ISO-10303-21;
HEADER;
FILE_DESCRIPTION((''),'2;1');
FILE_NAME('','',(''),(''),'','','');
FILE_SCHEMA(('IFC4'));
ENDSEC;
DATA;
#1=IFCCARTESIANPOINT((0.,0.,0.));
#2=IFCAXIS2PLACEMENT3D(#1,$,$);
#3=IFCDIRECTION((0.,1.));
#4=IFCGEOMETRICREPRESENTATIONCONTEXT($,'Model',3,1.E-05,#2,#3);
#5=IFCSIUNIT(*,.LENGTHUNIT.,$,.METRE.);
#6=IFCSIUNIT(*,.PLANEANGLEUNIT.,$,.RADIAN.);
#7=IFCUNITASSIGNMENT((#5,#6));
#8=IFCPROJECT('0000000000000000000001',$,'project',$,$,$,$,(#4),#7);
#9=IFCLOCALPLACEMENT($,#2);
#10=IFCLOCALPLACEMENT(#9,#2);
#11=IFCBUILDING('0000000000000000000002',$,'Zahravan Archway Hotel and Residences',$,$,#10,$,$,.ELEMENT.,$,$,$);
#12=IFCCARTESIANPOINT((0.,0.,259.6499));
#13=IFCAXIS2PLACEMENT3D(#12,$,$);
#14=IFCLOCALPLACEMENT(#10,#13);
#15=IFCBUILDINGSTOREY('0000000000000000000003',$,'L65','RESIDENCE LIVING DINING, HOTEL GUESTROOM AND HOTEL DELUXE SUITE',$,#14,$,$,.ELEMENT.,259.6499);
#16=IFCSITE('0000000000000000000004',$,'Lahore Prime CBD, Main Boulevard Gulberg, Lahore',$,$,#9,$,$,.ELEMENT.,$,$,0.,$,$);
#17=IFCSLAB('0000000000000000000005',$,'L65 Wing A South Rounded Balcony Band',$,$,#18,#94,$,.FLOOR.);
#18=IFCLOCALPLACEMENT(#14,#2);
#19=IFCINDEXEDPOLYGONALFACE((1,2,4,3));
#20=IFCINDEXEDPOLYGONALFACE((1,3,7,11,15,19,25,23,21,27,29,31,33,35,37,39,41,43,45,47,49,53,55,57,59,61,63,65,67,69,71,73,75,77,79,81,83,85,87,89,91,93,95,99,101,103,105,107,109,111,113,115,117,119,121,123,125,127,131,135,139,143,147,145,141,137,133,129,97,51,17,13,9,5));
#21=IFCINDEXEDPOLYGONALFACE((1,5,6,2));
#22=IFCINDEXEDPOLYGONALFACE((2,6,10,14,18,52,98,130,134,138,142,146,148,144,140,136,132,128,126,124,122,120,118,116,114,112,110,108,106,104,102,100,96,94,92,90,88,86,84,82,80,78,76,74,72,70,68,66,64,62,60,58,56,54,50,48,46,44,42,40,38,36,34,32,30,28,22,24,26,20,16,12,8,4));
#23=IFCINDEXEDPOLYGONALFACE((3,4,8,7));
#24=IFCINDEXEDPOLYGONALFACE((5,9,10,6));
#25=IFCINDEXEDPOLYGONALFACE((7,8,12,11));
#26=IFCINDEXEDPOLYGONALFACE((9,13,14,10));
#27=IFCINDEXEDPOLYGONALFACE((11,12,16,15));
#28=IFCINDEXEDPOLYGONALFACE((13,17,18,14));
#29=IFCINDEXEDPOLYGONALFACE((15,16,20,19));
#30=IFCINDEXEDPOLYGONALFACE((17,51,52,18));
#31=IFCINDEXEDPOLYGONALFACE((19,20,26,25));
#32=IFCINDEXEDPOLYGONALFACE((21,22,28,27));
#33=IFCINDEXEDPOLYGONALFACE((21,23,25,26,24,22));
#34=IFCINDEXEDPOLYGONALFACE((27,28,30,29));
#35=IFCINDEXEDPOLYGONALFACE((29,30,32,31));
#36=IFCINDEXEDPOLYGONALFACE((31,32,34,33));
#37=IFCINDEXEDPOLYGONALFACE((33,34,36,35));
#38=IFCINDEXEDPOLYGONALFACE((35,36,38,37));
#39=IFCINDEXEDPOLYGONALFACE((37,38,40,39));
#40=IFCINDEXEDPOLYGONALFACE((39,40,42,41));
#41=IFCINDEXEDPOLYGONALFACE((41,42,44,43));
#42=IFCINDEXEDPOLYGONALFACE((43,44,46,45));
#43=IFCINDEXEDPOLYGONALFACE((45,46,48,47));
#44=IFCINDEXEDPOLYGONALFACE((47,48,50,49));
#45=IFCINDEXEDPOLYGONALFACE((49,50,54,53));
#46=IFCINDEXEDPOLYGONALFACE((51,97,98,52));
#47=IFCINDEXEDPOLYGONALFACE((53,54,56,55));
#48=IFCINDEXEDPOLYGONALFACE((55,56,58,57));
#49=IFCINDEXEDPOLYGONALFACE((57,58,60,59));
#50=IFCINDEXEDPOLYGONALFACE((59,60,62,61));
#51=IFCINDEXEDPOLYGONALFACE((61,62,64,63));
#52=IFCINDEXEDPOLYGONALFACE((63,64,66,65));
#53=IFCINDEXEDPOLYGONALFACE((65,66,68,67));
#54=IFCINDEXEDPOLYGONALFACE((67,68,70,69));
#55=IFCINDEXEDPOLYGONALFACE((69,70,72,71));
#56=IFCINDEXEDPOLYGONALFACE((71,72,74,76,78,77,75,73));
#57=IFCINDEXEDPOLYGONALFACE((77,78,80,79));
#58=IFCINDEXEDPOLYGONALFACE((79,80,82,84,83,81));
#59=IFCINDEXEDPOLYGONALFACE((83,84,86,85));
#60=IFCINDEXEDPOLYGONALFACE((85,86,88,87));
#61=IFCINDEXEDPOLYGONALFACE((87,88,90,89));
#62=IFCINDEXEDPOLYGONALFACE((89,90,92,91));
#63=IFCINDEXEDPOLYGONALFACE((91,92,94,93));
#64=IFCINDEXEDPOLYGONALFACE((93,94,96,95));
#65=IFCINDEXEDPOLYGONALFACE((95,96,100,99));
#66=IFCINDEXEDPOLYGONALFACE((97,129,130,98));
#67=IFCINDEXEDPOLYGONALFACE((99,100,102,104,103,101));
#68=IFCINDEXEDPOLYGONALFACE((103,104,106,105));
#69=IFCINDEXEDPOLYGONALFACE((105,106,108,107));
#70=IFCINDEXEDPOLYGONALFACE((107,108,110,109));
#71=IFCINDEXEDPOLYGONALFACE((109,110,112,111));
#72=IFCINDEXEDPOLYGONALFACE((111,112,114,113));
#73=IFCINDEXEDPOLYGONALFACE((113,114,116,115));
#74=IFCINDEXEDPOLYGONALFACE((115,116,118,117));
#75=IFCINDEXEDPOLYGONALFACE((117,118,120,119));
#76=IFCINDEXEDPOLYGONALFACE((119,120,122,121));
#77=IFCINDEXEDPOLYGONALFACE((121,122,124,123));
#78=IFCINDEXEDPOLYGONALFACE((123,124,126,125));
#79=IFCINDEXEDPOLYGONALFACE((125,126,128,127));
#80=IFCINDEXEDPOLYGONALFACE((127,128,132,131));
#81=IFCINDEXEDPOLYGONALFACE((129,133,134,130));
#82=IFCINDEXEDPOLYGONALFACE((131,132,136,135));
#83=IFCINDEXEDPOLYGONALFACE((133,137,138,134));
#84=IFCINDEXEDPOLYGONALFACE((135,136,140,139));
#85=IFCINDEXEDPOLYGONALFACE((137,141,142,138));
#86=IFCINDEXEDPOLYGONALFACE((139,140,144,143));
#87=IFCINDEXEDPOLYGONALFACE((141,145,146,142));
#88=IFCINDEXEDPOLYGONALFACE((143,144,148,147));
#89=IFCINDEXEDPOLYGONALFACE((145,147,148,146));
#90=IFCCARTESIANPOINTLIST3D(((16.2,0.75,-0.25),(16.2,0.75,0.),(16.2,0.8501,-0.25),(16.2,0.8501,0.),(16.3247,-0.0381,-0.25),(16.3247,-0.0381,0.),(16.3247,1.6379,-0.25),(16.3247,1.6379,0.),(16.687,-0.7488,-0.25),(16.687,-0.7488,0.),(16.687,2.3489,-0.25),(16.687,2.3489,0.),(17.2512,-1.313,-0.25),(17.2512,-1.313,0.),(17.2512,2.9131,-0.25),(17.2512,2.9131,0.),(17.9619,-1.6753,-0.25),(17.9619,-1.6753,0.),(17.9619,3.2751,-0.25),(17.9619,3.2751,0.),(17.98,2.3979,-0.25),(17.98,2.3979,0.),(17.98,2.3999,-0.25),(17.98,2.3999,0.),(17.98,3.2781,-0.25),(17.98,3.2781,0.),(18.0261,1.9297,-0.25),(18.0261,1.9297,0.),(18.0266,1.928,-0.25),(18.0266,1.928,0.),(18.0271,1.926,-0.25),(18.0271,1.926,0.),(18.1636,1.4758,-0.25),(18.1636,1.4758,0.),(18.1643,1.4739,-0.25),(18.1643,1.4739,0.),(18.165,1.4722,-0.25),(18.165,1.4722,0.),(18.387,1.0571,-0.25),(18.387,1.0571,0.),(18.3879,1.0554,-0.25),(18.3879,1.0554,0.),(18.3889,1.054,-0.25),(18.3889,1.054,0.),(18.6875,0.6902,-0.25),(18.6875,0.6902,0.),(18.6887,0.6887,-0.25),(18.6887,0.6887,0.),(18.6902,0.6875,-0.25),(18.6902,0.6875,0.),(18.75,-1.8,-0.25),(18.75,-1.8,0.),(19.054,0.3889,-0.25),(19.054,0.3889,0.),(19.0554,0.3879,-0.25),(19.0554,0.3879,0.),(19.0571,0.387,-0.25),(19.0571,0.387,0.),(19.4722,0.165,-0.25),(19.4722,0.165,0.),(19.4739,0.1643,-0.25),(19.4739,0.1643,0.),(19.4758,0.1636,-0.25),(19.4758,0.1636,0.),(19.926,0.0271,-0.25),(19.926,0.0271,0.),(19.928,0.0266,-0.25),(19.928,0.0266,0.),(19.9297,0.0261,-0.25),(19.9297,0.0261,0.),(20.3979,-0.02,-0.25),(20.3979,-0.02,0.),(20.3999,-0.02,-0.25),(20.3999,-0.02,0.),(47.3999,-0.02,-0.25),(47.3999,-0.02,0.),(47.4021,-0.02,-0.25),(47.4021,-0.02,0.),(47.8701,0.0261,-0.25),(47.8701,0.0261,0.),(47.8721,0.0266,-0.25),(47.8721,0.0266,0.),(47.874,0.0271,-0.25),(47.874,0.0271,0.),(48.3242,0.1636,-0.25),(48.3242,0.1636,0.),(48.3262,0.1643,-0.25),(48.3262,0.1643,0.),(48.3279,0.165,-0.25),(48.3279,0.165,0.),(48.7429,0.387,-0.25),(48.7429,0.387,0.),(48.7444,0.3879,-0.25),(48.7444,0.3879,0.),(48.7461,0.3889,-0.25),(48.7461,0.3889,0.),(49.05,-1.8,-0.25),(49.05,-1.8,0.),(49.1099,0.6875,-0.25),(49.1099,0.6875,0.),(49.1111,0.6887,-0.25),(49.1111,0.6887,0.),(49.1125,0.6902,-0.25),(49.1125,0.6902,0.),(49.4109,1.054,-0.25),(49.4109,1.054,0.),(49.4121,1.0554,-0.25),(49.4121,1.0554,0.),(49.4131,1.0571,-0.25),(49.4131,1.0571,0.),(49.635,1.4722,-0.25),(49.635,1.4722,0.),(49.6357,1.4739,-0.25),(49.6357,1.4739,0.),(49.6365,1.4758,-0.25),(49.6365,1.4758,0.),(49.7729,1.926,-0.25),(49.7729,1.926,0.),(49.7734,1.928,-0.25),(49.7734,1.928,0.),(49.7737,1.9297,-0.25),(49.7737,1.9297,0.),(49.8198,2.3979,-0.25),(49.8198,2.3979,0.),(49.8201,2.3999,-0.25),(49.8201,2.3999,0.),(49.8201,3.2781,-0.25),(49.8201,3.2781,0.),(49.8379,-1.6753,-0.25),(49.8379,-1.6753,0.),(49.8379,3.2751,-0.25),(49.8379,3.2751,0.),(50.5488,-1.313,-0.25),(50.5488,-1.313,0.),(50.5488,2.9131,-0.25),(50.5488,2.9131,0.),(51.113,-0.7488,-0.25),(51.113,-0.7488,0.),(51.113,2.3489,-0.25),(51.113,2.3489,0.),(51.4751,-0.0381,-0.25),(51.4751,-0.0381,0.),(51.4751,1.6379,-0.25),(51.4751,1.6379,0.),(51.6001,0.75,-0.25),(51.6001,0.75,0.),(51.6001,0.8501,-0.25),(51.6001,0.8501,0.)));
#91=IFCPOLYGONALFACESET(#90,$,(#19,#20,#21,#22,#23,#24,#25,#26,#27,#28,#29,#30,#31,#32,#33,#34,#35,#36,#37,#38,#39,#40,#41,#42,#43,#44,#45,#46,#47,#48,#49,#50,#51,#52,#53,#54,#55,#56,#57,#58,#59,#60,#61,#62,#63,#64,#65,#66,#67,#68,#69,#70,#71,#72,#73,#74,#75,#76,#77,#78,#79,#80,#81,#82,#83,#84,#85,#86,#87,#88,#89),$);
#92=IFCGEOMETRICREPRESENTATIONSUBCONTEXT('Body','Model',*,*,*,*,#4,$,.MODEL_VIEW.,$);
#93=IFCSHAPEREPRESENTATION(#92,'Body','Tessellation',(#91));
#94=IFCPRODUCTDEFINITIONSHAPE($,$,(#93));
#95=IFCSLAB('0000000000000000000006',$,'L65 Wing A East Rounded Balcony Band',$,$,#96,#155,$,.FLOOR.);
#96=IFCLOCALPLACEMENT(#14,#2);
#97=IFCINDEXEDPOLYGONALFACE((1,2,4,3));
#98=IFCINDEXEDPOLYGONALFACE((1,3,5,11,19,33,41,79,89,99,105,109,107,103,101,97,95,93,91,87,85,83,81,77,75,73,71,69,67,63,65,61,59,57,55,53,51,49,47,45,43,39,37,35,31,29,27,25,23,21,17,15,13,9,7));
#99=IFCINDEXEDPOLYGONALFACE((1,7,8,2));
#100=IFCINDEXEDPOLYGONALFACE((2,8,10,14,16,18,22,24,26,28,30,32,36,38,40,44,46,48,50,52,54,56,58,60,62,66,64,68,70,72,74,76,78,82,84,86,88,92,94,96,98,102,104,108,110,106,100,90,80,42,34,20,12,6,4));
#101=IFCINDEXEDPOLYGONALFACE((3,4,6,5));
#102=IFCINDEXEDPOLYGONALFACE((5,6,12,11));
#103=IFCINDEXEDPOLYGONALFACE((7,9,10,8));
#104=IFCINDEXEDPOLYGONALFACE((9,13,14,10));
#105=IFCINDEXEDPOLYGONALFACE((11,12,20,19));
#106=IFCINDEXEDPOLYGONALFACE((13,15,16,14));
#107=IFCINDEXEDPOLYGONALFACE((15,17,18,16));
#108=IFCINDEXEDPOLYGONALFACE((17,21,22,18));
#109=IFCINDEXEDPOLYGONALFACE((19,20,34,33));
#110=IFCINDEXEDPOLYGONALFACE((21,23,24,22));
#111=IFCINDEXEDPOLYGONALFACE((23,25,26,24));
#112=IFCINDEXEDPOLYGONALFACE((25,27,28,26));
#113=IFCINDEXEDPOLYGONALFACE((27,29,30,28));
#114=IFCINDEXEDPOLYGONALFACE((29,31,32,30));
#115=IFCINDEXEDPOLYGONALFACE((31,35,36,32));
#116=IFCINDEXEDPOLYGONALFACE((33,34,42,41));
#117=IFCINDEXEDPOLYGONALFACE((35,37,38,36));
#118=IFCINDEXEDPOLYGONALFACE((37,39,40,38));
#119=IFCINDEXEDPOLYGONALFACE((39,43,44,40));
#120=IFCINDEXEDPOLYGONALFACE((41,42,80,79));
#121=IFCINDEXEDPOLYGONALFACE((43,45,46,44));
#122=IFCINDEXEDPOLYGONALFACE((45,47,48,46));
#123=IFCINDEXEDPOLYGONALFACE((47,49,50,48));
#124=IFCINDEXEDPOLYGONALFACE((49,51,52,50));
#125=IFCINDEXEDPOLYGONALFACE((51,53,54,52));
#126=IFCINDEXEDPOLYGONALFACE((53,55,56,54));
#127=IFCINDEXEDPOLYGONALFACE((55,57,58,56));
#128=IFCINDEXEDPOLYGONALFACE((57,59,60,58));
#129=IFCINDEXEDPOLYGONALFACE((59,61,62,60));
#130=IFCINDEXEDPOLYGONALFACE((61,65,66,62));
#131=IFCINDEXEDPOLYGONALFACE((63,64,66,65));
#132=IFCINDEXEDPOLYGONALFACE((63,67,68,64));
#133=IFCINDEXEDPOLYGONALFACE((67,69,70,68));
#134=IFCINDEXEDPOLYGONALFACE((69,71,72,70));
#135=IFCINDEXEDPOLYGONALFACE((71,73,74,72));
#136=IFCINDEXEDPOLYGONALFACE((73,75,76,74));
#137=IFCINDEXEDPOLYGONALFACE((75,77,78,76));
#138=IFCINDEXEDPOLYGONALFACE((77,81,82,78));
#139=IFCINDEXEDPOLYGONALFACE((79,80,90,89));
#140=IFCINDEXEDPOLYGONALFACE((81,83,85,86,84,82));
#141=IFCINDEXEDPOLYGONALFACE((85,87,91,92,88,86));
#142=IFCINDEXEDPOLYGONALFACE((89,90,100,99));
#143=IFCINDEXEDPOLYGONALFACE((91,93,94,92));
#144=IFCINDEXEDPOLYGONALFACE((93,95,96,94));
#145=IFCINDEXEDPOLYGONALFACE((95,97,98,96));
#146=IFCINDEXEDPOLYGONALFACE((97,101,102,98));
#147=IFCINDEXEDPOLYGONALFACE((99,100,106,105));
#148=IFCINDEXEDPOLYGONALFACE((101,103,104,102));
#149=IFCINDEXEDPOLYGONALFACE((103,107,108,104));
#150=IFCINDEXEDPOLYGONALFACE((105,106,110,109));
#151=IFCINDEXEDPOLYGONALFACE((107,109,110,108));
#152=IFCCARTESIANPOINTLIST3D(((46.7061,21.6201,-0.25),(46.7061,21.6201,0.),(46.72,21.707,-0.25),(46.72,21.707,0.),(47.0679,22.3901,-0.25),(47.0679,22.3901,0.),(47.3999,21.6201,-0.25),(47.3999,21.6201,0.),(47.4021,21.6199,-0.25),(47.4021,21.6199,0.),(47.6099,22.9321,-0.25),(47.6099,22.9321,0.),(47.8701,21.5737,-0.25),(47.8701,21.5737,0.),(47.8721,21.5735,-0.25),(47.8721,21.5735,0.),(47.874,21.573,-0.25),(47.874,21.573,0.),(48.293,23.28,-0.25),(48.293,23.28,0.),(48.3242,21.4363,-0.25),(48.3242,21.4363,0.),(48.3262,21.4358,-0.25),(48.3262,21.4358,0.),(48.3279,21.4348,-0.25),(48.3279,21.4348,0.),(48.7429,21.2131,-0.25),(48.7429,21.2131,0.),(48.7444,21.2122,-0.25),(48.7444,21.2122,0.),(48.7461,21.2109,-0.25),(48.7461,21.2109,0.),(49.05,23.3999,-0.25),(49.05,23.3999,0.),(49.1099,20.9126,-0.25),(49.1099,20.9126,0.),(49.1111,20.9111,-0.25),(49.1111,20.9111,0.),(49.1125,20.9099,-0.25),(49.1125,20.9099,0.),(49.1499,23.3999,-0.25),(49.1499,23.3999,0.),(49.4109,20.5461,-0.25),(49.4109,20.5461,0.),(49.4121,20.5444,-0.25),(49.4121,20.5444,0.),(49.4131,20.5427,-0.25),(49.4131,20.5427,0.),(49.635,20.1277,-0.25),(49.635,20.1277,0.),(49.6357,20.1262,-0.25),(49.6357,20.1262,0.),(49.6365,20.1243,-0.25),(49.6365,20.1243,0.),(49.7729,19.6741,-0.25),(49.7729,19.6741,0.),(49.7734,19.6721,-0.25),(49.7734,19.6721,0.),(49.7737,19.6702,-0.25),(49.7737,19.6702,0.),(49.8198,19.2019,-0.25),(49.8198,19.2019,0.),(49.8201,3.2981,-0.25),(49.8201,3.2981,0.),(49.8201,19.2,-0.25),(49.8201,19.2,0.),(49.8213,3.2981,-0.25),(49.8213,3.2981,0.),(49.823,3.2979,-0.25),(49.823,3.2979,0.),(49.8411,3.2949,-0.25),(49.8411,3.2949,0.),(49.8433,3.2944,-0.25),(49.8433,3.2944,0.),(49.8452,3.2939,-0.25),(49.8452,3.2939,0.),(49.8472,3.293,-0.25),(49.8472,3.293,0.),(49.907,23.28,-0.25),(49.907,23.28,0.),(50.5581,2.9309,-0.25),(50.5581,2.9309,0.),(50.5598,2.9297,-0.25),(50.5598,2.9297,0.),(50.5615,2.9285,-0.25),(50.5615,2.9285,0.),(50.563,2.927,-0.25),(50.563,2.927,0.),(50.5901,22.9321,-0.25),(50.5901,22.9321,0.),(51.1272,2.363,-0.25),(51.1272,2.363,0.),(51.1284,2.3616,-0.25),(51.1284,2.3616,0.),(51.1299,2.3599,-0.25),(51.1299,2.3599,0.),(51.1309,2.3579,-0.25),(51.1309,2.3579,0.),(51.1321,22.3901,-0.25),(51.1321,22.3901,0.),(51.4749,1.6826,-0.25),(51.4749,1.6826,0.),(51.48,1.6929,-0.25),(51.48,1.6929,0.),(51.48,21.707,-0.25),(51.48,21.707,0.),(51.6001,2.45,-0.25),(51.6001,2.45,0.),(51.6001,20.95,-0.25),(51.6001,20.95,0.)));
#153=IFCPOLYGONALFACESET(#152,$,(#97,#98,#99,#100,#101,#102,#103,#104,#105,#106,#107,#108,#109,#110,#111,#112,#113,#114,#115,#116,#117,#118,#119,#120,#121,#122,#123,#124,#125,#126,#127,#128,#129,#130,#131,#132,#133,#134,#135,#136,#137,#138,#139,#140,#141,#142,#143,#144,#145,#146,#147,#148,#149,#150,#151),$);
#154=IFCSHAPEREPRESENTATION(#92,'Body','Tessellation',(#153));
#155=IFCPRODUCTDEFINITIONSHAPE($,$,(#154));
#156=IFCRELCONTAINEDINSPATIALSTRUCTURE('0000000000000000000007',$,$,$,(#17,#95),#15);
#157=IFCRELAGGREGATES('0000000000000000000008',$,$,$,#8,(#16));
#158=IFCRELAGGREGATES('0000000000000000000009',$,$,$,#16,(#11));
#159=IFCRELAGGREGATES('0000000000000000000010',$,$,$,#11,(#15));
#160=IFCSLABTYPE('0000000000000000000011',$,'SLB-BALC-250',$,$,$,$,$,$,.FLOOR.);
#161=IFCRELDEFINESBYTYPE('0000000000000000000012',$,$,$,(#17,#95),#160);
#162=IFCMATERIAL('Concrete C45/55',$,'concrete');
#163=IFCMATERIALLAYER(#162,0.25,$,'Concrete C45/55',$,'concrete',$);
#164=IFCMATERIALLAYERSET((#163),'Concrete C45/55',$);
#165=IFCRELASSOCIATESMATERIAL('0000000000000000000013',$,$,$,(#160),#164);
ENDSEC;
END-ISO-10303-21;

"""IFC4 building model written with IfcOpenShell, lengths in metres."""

from ifc_helpers import new_model, si_unit, direction, frame, origin, place, context, subcontext, project, spatial, polyline, outline, extrude, material, layer, layer_set, type_object, element, save


model = new_model("IFC4")

# Units and contexts
model_context = context("Model", 3, precision=1e-05, world=origin(), true_north=direction((0.0, 1.0)))
body_context = subcontext(model_context, "Body", "Model", "MODEL_VIEW")
ifc_project = project(units=[si_unit("LENGTHUNIT", "METRE"), si_unit("PLANEANGLEUNIT", "RADIAN")], contexts=[model_context])

# Site, building, storey
site_placement = place(None, origin())
site = spatial("IfcSite", under=ifc_project, at=site_placement, Name="Lahore Prime CBD, Main Boulevard Gulberg, Lahore", CompositionType="ELEMENT", RefElevation=0.0)
building_placement = place(site_placement, origin())
building = spatial("IfcBuilding", under=site, at=building_placement, Name="Zahravan Archway Hotel and Residences", CompositionType="ELEMENT")
storey_placement = place(building_placement, frame((0.0, 0.0, 259.6499)))
storey = spatial("IfcBuildingStorey", under=building, at=storey_placement, Name="L65", Description="RESIDENCE LIVING DINING, HOTEL GUESTROOM AND HOTEL DELUXE SUITE", CompositionType="ELEMENT", Elevation=259.6499)

# Slabs
ifc_material_1 = material(Name="Concrete C45/55", Category="concrete")
ifc_layer_1 = layer(ifc_material_1, 0.25, Name="Concrete C45/55", Category="concrete")
ifc_layer_set_1 = layer_set([ifc_layer_1], Name="Concrete C45/55")
slab_type_1 = type_object("IfcSlabType", Name="SLB-BALC-250", PredefinedType="FLOOR", material=ifc_layer_set_1)
slab_1_placement = place(storey_placement, frame((0.0, 0.0, -0.25)))
element("IfcSlab", 1, at=slab_1_placement, inside=storey, type_object=slab_type_1, Name="L65 Wing A South Rounded Balcony Band", PredefinedType="FLOOR", context=body_context, shape_type="SweptSolid", body=[
    extrude(outline(polyline([(49.8379, 3.2751), (50.5488, 2.9131), (51.113, 2.3489), (51.4751, 1.6379), (51.6001, 0.8501), (51.6001, 0.75), (51.4751, -0.0381), (51.113, -0.7488), (50.5488, -1.313), (49.8379, -1.6753), (49.05, -1.8), (18.75, -1.8), (17.9619, -1.6753), (17.2512, -1.313), (16.687, -0.7488), (16.3247, -0.0381), (16.2, 0.75), (16.2, 0.8501), (16.3247, 1.6379), (16.687, 2.3489), (17.2512, 2.9131), (17.9619, 3.2751), (17.98, 3.2781), (17.98, 2.3999), (17.98, 2.3979), (18.0261, 1.9297), (18.0266, 1.928), (18.0271, 1.926), (18.1636, 1.4758), (18.1643, 1.4739), (18.165, 1.4722), (18.387, 1.0571), (18.3879, 1.0554), (18.3889, 1.054), (18.6875, 0.6902), (18.6887, 0.6887), (18.6902, 0.6875), (19.054, 0.3889), (19.0554, 0.3879), (19.0571, 0.387), (19.4722, 0.165), (19.4739, 0.1643), (19.4758, 0.1636), (19.926, 0.0271), (19.928, 0.0266), (19.9297, 0.0261), (20.3979, -0.02), (20.3999, -0.02), (47.3999, -0.02), (47.4021, -0.02), (47.8701, 0.0261), (47.8721, 0.0266), (47.874, 0.0271), (48.3242, 0.1636), (48.3262, 0.1643), (48.3279, 0.165), (48.7429, 0.387), (48.7444, 0.3879), (48.7461, 0.3889), (49.1099, 0.6875), (49.1111, 0.6887), (49.1125, 0.6902), (49.4109, 1.054), (49.4121, 1.0554), (49.4131, 1.0571), (49.635, 1.4722), (49.6357, 1.4739), (49.6365, 1.4758), (49.7729, 1.926), (49.7734, 1.928), (49.7737, 1.9297), (49.8198, 2.3979), (49.8201, 2.3999), (49.8201, 3.2781), (49.8379, 3.2751)])), origin(), (0.0, 0.0, 1.0), 0.25),
])
slab_2_placement = place(storey_placement, frame((0.0, 0.0, -0.25)))
element("IfcSlab", 2, at=slab_2_placement, inside=storey, type_object=slab_type_1, Name="L65 Wing A East Rounded Balcony Band", PredefinedType="FLOOR", context=body_context, shape_type="SweptSolid", body=[
    extrude(outline(polyline([(46.72, 21.707), (47.0679, 22.3901), (47.6099, 22.9321), (48.293, 23.28), (49.05, 23.3999), (49.1499, 23.3999), (49.907, 23.28), (50.5901, 22.9321), (51.1321, 22.3901), (51.48, 21.707), (51.6001, 20.95), (51.6001, 2.45), (51.48, 1.6929), (51.4749, 1.6826), (51.1309, 2.3579), (51.1299, 2.3599), (51.1284, 2.3616), (51.1272, 2.363), (50.563, 2.927), (50.5615, 2.9285), (50.5598, 2.9297), (50.5581, 2.9309), (49.8472, 3.293), (49.8452, 3.2939), (49.8433, 3.2944), (49.8411, 3.2949), (49.823, 3.2979), (49.8213, 3.2981), (49.8201, 3.2981), (49.8201, 19.2), (49.8198, 19.2019), (49.7737, 19.6702), (49.7734, 19.6721), (49.7729, 19.6741), (49.6365, 20.1243), (49.6357, 20.1262), (49.635, 20.1277), (49.4131, 20.5427), (49.4121, 20.5444), (49.4109, 20.5461), (49.1125, 20.9099), (49.1111, 20.9111), (49.1099, 20.9126), (48.7461, 21.2109), (48.7444, 21.2122), (48.7429, 21.2131), (48.3279, 21.4348), (48.3262, 21.4358), (48.3242, 21.4363), (47.874, 21.573), (47.8721, 21.5735), (47.8701, 21.5737), (47.4021, 21.6199), (47.3999, 21.6201), (46.7061, 21.6201), (46.72, 21.707)])), origin(), (0.0, 0.0, 1.0), 0.25),
])

save(model, "model.ifc")
